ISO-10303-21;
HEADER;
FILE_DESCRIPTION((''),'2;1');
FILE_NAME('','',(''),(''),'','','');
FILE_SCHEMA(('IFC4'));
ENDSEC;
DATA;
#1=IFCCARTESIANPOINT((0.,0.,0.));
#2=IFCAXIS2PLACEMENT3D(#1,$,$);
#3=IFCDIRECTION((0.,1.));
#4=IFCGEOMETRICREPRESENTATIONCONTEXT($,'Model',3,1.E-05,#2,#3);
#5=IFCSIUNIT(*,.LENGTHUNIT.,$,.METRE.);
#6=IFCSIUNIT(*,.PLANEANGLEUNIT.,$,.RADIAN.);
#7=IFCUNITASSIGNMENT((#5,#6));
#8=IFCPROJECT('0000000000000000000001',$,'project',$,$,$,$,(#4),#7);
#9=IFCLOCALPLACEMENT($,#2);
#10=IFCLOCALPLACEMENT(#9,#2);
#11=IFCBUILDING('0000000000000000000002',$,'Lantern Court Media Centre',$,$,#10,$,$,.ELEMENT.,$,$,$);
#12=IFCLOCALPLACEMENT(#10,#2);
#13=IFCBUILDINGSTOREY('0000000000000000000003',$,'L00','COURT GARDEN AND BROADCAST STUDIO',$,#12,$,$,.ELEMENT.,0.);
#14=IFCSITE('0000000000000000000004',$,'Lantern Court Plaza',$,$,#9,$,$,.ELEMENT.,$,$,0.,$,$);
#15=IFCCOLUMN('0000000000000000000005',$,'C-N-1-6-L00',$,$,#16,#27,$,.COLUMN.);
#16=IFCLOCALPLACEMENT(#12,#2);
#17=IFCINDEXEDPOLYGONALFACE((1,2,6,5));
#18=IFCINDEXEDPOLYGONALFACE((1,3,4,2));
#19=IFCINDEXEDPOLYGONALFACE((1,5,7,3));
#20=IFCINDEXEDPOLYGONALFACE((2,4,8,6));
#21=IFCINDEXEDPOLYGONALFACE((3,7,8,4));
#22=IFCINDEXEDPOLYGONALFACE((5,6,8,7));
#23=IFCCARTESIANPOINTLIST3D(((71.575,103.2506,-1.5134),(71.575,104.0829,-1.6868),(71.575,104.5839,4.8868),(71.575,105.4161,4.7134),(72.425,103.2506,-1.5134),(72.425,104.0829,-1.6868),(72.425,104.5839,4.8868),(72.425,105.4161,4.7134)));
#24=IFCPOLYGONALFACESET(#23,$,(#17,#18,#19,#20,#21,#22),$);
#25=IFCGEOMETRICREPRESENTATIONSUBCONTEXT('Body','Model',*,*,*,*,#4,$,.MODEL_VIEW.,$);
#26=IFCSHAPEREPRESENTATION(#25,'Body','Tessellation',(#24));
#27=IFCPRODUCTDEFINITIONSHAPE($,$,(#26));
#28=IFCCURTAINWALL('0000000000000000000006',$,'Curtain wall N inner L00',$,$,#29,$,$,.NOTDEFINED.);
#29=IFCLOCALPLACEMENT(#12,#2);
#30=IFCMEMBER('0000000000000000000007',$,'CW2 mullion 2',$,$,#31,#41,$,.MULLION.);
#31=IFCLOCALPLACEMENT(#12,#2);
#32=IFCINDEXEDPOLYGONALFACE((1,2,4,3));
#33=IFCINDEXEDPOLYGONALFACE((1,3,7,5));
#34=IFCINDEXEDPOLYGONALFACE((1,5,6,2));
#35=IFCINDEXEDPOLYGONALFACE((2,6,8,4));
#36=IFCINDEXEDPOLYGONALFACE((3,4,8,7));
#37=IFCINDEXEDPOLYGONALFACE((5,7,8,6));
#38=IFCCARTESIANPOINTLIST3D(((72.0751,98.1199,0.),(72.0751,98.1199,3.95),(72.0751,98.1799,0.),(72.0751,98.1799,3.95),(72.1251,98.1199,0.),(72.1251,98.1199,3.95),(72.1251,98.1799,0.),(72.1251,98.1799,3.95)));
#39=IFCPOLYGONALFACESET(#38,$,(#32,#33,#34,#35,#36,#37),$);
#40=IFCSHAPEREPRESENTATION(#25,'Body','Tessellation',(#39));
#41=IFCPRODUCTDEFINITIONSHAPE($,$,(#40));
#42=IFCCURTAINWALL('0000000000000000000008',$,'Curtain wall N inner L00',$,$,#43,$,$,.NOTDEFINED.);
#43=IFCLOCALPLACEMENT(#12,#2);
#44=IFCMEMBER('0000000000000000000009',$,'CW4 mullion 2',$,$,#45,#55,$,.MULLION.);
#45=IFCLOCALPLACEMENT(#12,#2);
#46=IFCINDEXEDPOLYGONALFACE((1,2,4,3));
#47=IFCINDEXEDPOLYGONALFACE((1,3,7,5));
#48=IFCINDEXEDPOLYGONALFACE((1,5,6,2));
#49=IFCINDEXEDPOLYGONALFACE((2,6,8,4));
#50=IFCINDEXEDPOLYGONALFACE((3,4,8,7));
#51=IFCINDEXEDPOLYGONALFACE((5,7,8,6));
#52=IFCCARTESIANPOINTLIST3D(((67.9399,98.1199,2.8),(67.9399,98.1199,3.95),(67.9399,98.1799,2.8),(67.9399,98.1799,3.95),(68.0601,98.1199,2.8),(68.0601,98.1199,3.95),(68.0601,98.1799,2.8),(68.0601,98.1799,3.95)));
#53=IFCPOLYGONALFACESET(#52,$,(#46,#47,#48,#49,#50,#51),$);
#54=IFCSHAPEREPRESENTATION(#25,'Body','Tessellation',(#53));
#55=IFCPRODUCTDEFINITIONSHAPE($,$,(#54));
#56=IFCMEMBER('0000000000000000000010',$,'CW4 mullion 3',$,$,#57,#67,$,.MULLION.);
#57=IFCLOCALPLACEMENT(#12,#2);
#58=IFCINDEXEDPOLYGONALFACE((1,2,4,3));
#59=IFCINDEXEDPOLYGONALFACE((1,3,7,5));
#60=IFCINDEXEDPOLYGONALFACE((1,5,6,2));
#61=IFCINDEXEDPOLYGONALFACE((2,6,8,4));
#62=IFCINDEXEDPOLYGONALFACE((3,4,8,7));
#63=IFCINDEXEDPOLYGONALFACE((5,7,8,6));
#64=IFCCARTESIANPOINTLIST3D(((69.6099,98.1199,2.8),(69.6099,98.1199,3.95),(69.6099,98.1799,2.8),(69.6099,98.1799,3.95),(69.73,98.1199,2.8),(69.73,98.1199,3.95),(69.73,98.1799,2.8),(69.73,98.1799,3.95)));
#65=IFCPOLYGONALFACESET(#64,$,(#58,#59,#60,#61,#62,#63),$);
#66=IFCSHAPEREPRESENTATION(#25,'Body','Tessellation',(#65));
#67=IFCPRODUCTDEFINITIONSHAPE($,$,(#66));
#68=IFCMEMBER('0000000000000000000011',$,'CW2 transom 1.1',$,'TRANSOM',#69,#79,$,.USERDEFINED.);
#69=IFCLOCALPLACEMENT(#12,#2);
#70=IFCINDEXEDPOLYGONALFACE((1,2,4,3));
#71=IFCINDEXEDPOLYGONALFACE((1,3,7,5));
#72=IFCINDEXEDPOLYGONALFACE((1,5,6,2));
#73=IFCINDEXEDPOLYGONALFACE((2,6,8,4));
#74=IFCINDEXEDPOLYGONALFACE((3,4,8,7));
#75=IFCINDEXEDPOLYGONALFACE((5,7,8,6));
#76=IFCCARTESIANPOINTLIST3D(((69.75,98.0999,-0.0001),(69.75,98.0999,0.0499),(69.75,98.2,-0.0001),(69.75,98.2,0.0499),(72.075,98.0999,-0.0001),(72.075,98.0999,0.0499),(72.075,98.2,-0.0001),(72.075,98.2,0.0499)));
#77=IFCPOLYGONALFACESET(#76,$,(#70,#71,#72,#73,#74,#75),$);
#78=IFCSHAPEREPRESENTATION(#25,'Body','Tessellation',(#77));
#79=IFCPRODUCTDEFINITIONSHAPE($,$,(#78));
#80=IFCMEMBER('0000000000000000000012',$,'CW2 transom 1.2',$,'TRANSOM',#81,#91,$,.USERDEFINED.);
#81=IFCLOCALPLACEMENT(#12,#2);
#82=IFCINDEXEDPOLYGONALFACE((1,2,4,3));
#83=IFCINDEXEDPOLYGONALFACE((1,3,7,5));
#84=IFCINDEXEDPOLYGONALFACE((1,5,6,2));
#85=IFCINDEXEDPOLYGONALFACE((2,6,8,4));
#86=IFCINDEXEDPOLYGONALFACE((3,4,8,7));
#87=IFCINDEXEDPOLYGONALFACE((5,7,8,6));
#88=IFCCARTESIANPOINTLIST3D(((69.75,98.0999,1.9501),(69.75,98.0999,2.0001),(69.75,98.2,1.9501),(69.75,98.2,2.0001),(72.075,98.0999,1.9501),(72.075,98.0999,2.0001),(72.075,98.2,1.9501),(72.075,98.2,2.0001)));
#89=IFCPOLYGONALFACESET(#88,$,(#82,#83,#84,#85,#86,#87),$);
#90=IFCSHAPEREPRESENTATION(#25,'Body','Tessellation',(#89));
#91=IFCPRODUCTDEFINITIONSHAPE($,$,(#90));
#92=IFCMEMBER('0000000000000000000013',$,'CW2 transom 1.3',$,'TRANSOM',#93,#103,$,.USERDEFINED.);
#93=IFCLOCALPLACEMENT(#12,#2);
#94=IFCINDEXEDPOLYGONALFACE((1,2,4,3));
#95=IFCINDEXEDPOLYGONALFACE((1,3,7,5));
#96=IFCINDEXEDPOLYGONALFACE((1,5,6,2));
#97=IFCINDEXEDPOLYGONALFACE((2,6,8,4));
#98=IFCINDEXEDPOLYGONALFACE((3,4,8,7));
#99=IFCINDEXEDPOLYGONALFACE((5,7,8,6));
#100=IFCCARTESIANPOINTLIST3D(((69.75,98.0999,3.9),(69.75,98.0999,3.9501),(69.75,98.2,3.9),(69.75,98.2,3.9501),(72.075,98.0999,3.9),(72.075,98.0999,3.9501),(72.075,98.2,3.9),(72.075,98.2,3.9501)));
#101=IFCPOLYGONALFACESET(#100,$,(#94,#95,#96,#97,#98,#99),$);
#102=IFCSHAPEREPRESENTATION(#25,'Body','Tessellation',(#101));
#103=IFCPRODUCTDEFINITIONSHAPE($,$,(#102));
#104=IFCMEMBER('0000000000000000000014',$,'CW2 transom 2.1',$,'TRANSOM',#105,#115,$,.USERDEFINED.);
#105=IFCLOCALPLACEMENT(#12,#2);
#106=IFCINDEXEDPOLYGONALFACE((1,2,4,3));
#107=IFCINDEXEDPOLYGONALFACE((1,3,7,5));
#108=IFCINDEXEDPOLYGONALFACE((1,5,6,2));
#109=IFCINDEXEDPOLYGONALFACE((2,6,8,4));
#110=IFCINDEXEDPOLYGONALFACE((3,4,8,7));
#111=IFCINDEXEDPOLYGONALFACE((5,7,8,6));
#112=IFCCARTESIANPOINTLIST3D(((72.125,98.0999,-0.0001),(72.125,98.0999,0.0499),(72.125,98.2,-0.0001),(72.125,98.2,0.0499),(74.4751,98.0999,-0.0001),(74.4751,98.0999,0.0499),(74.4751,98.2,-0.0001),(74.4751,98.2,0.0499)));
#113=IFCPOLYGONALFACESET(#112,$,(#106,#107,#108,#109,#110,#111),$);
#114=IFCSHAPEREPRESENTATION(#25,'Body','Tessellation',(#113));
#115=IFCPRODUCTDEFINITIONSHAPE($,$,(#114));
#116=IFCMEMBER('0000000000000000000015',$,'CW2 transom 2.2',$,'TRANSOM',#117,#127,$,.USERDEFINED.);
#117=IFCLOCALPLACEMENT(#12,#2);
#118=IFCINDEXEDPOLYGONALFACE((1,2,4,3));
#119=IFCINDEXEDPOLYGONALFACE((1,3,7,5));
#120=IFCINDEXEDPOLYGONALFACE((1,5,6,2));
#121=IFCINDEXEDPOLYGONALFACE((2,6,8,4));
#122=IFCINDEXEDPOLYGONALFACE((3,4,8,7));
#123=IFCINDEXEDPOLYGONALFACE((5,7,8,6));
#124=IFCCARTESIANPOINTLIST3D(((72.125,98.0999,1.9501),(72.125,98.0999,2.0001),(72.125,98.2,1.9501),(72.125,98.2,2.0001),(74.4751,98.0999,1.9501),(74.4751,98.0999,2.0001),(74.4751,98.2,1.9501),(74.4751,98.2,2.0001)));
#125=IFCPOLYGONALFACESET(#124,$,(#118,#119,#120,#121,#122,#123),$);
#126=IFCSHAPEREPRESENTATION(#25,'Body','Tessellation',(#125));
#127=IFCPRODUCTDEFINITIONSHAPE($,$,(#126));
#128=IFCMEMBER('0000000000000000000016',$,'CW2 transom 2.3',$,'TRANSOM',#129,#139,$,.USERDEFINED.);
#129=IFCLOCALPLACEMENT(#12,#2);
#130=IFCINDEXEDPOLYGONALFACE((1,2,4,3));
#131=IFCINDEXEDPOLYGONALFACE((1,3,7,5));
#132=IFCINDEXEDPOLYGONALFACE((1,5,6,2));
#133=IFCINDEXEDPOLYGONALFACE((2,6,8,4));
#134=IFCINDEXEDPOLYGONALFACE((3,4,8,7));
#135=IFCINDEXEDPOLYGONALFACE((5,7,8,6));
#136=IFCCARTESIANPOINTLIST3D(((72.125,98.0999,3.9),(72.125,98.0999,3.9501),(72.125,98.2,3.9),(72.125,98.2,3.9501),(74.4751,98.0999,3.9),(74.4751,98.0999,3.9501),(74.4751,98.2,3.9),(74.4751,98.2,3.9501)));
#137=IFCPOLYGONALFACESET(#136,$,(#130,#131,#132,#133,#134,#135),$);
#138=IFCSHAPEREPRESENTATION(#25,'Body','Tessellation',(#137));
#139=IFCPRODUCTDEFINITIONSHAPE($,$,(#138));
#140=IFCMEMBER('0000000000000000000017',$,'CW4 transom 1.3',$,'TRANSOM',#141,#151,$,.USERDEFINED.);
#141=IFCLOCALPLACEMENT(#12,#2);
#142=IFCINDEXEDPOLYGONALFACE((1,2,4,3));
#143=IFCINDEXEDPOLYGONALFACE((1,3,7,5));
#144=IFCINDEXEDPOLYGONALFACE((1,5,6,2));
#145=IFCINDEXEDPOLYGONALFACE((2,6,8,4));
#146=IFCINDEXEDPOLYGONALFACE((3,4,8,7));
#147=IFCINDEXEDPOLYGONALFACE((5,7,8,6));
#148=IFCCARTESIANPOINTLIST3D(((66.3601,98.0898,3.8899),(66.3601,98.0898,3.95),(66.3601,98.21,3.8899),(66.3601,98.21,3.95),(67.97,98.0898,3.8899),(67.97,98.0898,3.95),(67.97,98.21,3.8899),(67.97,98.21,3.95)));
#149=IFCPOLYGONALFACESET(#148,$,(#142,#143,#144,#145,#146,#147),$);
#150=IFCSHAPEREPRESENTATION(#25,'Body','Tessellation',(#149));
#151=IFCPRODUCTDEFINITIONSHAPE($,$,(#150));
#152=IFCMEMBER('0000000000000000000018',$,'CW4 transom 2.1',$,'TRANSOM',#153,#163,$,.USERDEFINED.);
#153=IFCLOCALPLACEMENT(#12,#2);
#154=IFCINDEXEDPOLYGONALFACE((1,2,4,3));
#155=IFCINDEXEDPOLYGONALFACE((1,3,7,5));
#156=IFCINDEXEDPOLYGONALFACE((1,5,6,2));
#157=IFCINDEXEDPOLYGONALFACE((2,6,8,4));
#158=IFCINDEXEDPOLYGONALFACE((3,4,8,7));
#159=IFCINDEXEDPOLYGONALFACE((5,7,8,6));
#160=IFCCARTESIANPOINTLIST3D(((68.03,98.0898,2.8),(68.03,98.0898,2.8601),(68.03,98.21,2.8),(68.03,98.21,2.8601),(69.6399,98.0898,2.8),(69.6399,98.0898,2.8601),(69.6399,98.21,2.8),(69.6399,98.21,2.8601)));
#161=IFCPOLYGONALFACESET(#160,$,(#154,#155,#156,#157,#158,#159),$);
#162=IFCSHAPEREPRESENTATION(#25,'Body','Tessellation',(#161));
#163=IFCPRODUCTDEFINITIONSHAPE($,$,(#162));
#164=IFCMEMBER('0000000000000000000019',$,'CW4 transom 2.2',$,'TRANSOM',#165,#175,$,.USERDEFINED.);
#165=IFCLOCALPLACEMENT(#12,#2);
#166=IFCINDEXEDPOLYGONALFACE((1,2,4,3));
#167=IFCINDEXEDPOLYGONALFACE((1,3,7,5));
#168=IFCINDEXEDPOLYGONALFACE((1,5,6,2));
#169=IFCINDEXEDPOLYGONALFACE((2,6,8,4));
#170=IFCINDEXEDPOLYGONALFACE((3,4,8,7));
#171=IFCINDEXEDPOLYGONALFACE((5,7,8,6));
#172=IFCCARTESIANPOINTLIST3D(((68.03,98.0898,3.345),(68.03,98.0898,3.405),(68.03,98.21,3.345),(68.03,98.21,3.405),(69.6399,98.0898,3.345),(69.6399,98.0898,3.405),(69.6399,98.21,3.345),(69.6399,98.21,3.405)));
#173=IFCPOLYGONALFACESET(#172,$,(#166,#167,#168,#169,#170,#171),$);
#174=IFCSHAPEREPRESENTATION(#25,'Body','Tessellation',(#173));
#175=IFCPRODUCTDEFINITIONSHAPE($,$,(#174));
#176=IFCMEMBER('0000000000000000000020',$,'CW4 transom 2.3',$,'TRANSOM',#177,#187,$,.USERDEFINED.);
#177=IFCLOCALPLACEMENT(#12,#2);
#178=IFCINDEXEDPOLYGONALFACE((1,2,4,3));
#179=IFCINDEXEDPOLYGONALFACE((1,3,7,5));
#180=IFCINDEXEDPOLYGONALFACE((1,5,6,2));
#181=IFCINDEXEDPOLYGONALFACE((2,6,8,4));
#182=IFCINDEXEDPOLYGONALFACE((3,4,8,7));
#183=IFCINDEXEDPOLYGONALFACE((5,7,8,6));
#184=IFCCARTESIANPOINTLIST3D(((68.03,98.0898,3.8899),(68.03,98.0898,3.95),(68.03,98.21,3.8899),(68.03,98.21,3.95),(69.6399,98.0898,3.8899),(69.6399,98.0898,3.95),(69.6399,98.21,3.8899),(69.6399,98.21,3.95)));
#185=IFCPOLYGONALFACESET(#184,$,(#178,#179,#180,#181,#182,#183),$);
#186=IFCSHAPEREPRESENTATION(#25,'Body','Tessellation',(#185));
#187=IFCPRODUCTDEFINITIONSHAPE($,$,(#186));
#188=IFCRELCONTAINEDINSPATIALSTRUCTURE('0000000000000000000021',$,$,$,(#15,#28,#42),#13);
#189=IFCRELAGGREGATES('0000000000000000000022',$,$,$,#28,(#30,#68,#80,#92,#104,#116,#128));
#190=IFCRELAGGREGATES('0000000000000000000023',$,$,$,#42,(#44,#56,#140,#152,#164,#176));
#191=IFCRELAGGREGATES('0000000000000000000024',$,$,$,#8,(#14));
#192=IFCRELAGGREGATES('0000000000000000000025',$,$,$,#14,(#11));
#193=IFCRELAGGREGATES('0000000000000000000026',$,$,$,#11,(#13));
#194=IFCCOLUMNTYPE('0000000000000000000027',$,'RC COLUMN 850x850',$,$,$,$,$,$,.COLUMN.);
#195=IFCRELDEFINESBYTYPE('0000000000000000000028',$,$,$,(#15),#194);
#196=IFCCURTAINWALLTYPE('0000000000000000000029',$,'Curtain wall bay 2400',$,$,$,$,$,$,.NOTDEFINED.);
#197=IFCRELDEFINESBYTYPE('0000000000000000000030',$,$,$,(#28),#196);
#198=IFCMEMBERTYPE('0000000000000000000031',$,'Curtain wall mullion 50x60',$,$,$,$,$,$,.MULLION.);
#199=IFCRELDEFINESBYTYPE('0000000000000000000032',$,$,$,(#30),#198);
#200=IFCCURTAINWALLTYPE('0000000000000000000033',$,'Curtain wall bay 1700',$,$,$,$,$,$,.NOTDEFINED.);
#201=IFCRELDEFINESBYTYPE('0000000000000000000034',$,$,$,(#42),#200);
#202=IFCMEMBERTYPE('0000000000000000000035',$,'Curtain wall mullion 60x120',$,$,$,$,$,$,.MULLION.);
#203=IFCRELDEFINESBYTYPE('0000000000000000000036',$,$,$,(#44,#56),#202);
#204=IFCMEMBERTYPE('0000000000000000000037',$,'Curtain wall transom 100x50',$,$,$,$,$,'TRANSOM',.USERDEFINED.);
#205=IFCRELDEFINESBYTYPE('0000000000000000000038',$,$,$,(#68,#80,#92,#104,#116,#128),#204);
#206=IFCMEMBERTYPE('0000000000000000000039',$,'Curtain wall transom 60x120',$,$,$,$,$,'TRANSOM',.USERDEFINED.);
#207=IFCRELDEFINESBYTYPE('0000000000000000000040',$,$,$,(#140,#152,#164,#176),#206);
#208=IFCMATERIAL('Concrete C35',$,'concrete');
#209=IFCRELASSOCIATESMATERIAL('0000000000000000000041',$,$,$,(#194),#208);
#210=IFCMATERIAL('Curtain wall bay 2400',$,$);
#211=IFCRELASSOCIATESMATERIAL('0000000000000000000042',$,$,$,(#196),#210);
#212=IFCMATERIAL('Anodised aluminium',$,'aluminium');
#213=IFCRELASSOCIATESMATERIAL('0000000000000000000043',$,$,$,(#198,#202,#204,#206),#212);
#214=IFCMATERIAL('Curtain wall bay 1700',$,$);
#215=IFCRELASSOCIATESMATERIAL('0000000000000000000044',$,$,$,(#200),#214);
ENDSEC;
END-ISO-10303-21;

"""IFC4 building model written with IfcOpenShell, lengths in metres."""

from ifc_helpers import new_model, si_unit, direction, frame, origin, origin_2d, place, context, subcontext, project, spatial, rectangle, extrude, material, material_profile, profile_set, type_object, element, aggregate, save


model = new_model("IFC4")

# Units and contexts
model_context = context("Model", 3, precision=1e-05, world=origin(), true_north=direction((0.0, 1.0)))
body_context = subcontext(model_context, "Body", "Model", "MODEL_VIEW")
ifc_project = project(units=[si_unit("LENGTHUNIT", "METRE"), si_unit("PLANEANGLEUNIT", "RADIAN")], contexts=[model_context])

# Site, building, storey
site_placement = place(None, origin())
site = spatial("IfcSite", under=ifc_project, at=site_placement, Name="Lantern Court Plaza", CompositionType="ELEMENT", RefElevation=0.0)
building_placement = place(site_placement, origin())
building = spatial("IfcBuilding", under=site, at=building_placement, Name="Lantern Court Media Centre", CompositionType="ELEMENT")
storey_placement = place(building_placement, origin())
storey = spatial("IfcBuildingStorey", under=building, at=storey_placement, Name="L00", Description="COURT GARDEN AND BROADCAST STUDIO", CompositionType="ELEMENT", Elevation=0.0)

# Column
ifc_material_1 = material(Name="Concrete C35", Category="concrete")
ifc_material_profile_1 = material_profile(ifc_material_1, rectangle(XDim=0.8501, YDim=0.8501, at=origin_2d()), Name="RC 850x850")
ifc_profile_set_1 = profile_set([ifc_material_profile_1], Name="Concrete C35")
column_type = type_object("IfcColumnType", Name="RC COLUMN 850x850", PredefinedType="COLUMN", material=ifc_profile_set_1)
column_placement = place(storey_placement, frame((72.0, 103.6667, -1.6001), z_axis=(0.0, 0.203938, 0.978984), x_axis=(-1.0, 0.0, 0.0)))
element("IfcColumn", 1, at=column_placement, inside=storey, type_object=column_type, Name="C-N-1-6-L00", PredefinedType="COLUMN", context=body_context, shape_type="SweptSolid", body=[
    extrude(rectangle(XDim=0.8501, YDim=0.8501, at=origin_2d()), origin(), (0.0, 0.0, 1.0), 6.5376),
])

# Curtain wall, member
ifc_material_2 = material(Name="Curtain wall bay 2400")
curtain_wall_type_1 = type_object("IfcCurtainWallType", Name="Curtain wall bay 2400", PredefinedType="NOTDEFINED", material=ifc_material_2)
curtain_wall_1_placement = place(storey_placement, origin())
curtain_wall_1 = element("IfcCurtainWall", 2, at=curtain_wall_1_placement, inside=storey, type_object=curtain_wall_type_1, Name="Curtain wall N inner L00", PredefinedType="NOTDEFINED")
ifc_material_3 = material(Name="Anodised aluminium", Category="aluminium")
ifc_material_profile_2 = material_profile(ifc_material_3, rectangle(XDim=0.0601, YDim=0.05, at=origin_2d()), Name="AL 50x60")
ifc_profile_set_2 = profile_set([ifc_material_profile_2], Name="Anodised aluminium")
member_type_1 = type_object("IfcMemberType", Name="Curtain wall mullion 50x60", PredefinedType="MULLION", material=ifc_profile_set_2)
member_1_placement = place(storey_placement, frame((72.1001, 98.1499, 0.0), z_axis=(0.0, 0.0, 1.0), x_axis=(0.0, 1.0, 0.0)))
member_1 = element("IfcMember", 3, at=member_1_placement, type_object=member_type_1, Name="CW2 mullion 2", PredefinedType="MULLION", context=body_context, shape_type="SweptSolid", body=[
    extrude(rectangle(XDim=0.0601, YDim=0.05, at=origin_2d()), origin(), (0.0, 0.0, 1.0), 3.95),
])

# Curtain wall, members
ifc_material_4 = material(Name="Curtain wall bay 1700")
curtain_wall_type_2 = type_object("IfcCurtainWallType", Name="Curtain wall bay 1700", PredefinedType="NOTDEFINED", material=ifc_material_4)
curtain_wall_2_placement = place(storey_placement, origin())
curtain_wall_2 = element("IfcCurtainWall", 4, at=curtain_wall_2_placement, inside=storey, type_object=curtain_wall_type_2, Name="Curtain wall N inner L00", PredefinedType="NOTDEFINED")
ifc_material_profile_3 = material_profile(ifc_material_3, rectangle(XDim=0.0601, YDim=0.1201, at=origin_2d()), Name="AL 60x120")
ifc_profile_set_3 = profile_set([ifc_material_profile_3], Name="Anodised aluminium")
member_type_2 = type_object("IfcMemberType", Name="Curtain wall mullion 60x120", PredefinedType="MULLION", material=ifc_profile_set_3)
member_2_placement = place(storey_placement, frame((68.0, 98.1499, 2.8), z_axis=(0.0, 0.0, 1.0), x_axis=(0.0, 1.0, 0.0)))
member_2 = element("IfcMember", 5, at=member_2_placement, type_object=member_type_2, Name="CW4 mullion 2", PredefinedType="MULLION", context=body_context, shape_type="SweptSolid", body=[
    extrude(rectangle(XDim=0.0601, YDim=0.1201, at=origin_2d()), origin(), (0.0, 0.0, 1.0), 1.1499),
])
member_3_placement = place(storey_placement, frame((69.6699, 98.1499, 2.8), z_axis=(0.0, 0.0, 1.0), x_axis=(0.0, 1.0, 0.0)))
member_3 = element("IfcMember", 6, at=member_3_placement, type_object=member_type_2, Name="CW4 mullion 3", PredefinedType="MULLION", context=body_context, shape_type="SweptSolid", body=[
    extrude(rectangle(XDim=0.0601, YDim=0.1201, at=origin_2d()), origin(), (0.0, 0.0, 1.0), 1.1499),
])

# Members
ifc_material_profile_4 = material_profile(ifc_material_3, rectangle(XDim=0.1001, YDim=0.05, at=origin_2d()), Name="AL 50x100")
ifc_profile_set_4 = profile_set([ifc_material_profile_4], Name="Anodised aluminium")
member_type_3 = type_object("IfcMemberType", Name="Curtain wall transom 100x50", ElementType="TRANSOM", PredefinedType="USERDEFINED", material=ifc_profile_set_4)
member_4_placement = place(storey_placement, frame((69.75, 98.1499, 0.0249), z_axis=(1.0, 0.0, 0.0), x_axis=(0.0, 1.0, 0.0)))
member_4 = element("IfcMember", 7, at=member_4_placement, type_object=member_type_3, Name="CW2 transom 1.1", ObjectType="TRANSOM", PredefinedType="USERDEFINED", context=body_context, shape_type="SweptSolid", body=[
    extrude(rectangle(XDim=0.1001, YDim=0.05, at=origin_2d()), origin(), (0.0, 0.0, 1.0), 2.325),
])
member_5_placement = place(storey_placement, frame((69.75, 98.1499, 1.9751), z_axis=(1.0, 0.0, 0.0), x_axis=(0.0, 1.0, 0.0)))
member_5 = element("IfcMember", 8, at=member_5_placement, type_object=member_type_3, Name="CW2 transom 1.2", ObjectType="TRANSOM", PredefinedType="USERDEFINED", context=body_context, shape_type="SweptSolid", body=[
    extrude(rectangle(XDim=0.1001, YDim=0.05, at=origin_2d()), origin(), (0.0, 0.0, 1.0), 2.325),
])
member_6_placement = place(storey_placement, frame((69.75, 98.1499, 3.925), z_axis=(1.0, 0.0, 0.0), x_axis=(0.0, 1.0, 0.0)))
member_6 = element("IfcMember", 9, at=member_6_placement, type_object=member_type_3, Name="CW2 transom 1.3", ObjectType="TRANSOM", PredefinedType="USERDEFINED", context=body_context, shape_type="SweptSolid", body=[
    extrude(rectangle(XDim=0.1001, YDim=0.05, at=origin_2d()), origin(), (0.0, 0.0, 1.0), 2.325),
])
member_7_placement = place(storey_placement, frame((72.125, 98.1499, 0.0249), z_axis=(1.0, 0.0, 0.0), x_axis=(0.0, 1.0, 0.0)))
member_7 = element("IfcMember", 10, at=member_7_placement, type_object=member_type_3, Name="CW2 transom 2.1", ObjectType="TRANSOM", PredefinedType="USERDEFINED", context=body_context, shape_type="SweptSolid", body=[
    extrude(rectangle(XDim=0.1001, YDim=0.05, at=origin_2d()), origin(), (0.0, 0.0, 1.0), 2.3501),
])
member_8_placement = place(storey_placement, frame((72.125, 98.1499, 1.9751), z_axis=(1.0, 0.0, 0.0), x_axis=(0.0, 1.0, 0.0)))
member_8 = element("IfcMember", 11, at=member_8_placement, type_object=member_type_3, Name="CW2 transom 2.2", ObjectType="TRANSOM", PredefinedType="USERDEFINED", context=body_context, shape_type="SweptSolid", body=[
    extrude(rectangle(XDim=0.1001, YDim=0.05, at=origin_2d()), origin(), (0.0, 0.0, 1.0), 2.3501),
])
member_9_placement = place(storey_placement, frame((72.125, 98.1499, 3.925), z_axis=(1.0, 0.0, 0.0), x_axis=(0.0, 1.0, 0.0)))
member_9 = element("IfcMember", 12, at=member_9_placement, type_object=member_type_3, Name="CW2 transom 2.3", ObjectType="TRANSOM", PredefinedType="USERDEFINED", context=body_context, shape_type="SweptSolid", body=[
    extrude(rectangle(XDim=0.1001, YDim=0.05, at=origin_2d()), origin(), (0.0, 0.0, 1.0), 2.3501),
])
ifc_material_profile_5 = material_profile(ifc_material_3, rectangle(XDim=0.1201, YDim=0.0601, at=origin_2d()), Name="AL 60x120")
ifc_profile_set_5 = profile_set([ifc_material_profile_5], Name="Anodised aluminium")
member_type_4 = type_object("IfcMemberType", Name="Curtain wall transom 60x120", ElementType="TRANSOM", PredefinedType="USERDEFINED", material=ifc_profile_set_5)
member_10_placement = place(storey_placement, frame((66.3601, 98.1499, 3.9199), z_axis=(1.0, 0.0, 0.0), x_axis=(0.0, 1.0, 0.0)))
member_10 = element("IfcMember", 13, at=member_10_placement, type_object=member_type_4, Name="CW4 transom 1.3", ObjectType="TRANSOM", PredefinedType="USERDEFINED", context=body_context, shape_type="SweptSolid", body=[
    extrude(rectangle(XDim=0.1201, YDim=0.0601, at=origin_2d()), origin(), (0.0, 0.0, 1.0), 1.6099),
])
member_11_placement = place(storey_placement, frame((68.03, 98.1499, 2.8301), z_axis=(1.0, 0.0, 0.0), x_axis=(0.0, 1.0, 0.0)))
member_11 = element("IfcMember", 14, at=member_11_placement, type_object=member_type_4, Name="CW4 transom 2.1", ObjectType="TRANSOM", PredefinedType="USERDEFINED", context=body_context, shape_type="SweptSolid", body=[
    extrude(rectangle(XDim=0.1201, YDim=0.0601, at=origin_2d()), origin(), (0.0, 0.0, 1.0), 1.6099),
])
member_12_placement = place(storey_placement, frame((68.03, 98.1499, 3.375), z_axis=(1.0, 0.0, 0.0), x_axis=(0.0, 1.0, 0.0)))
member_12 = element("IfcMember", 15, at=member_12_placement, type_object=member_type_4, Name="CW4 transom 2.2", ObjectType="TRANSOM", PredefinedType="USERDEFINED", context=body_context, shape_type="SweptSolid", body=[
    extrude(rectangle(XDim=0.1201, YDim=0.0601, at=origin_2d()), origin(), (0.0, 0.0, 1.0), 1.6099),
])
member_13_placement = place(storey_placement, frame((68.03, 98.1499, 3.9199), z_axis=(1.0, 0.0, 0.0), x_axis=(0.0, 1.0, 0.0)))
member_13 = element("IfcMember", 16, at=member_13_placement, type_object=member_type_4, Name="CW4 transom 2.3", ObjectType="TRANSOM", PredefinedType="USERDEFINED", context=body_context, shape_type="SweptSolid", body=[
    extrude(rectangle(XDim=0.1201, YDim=0.0601, at=origin_2d()), origin(), (0.0, 0.0, 1.0), 1.6099),
])

aggregate(curtain_wall_1, [member_1, member_4, member_5, member_6, member_7, member_8, member_9])
aggregate(curtain_wall_2, [member_2, member_3, member_10, member_11, member_12, member_13])

save(model, "model.ifc")
